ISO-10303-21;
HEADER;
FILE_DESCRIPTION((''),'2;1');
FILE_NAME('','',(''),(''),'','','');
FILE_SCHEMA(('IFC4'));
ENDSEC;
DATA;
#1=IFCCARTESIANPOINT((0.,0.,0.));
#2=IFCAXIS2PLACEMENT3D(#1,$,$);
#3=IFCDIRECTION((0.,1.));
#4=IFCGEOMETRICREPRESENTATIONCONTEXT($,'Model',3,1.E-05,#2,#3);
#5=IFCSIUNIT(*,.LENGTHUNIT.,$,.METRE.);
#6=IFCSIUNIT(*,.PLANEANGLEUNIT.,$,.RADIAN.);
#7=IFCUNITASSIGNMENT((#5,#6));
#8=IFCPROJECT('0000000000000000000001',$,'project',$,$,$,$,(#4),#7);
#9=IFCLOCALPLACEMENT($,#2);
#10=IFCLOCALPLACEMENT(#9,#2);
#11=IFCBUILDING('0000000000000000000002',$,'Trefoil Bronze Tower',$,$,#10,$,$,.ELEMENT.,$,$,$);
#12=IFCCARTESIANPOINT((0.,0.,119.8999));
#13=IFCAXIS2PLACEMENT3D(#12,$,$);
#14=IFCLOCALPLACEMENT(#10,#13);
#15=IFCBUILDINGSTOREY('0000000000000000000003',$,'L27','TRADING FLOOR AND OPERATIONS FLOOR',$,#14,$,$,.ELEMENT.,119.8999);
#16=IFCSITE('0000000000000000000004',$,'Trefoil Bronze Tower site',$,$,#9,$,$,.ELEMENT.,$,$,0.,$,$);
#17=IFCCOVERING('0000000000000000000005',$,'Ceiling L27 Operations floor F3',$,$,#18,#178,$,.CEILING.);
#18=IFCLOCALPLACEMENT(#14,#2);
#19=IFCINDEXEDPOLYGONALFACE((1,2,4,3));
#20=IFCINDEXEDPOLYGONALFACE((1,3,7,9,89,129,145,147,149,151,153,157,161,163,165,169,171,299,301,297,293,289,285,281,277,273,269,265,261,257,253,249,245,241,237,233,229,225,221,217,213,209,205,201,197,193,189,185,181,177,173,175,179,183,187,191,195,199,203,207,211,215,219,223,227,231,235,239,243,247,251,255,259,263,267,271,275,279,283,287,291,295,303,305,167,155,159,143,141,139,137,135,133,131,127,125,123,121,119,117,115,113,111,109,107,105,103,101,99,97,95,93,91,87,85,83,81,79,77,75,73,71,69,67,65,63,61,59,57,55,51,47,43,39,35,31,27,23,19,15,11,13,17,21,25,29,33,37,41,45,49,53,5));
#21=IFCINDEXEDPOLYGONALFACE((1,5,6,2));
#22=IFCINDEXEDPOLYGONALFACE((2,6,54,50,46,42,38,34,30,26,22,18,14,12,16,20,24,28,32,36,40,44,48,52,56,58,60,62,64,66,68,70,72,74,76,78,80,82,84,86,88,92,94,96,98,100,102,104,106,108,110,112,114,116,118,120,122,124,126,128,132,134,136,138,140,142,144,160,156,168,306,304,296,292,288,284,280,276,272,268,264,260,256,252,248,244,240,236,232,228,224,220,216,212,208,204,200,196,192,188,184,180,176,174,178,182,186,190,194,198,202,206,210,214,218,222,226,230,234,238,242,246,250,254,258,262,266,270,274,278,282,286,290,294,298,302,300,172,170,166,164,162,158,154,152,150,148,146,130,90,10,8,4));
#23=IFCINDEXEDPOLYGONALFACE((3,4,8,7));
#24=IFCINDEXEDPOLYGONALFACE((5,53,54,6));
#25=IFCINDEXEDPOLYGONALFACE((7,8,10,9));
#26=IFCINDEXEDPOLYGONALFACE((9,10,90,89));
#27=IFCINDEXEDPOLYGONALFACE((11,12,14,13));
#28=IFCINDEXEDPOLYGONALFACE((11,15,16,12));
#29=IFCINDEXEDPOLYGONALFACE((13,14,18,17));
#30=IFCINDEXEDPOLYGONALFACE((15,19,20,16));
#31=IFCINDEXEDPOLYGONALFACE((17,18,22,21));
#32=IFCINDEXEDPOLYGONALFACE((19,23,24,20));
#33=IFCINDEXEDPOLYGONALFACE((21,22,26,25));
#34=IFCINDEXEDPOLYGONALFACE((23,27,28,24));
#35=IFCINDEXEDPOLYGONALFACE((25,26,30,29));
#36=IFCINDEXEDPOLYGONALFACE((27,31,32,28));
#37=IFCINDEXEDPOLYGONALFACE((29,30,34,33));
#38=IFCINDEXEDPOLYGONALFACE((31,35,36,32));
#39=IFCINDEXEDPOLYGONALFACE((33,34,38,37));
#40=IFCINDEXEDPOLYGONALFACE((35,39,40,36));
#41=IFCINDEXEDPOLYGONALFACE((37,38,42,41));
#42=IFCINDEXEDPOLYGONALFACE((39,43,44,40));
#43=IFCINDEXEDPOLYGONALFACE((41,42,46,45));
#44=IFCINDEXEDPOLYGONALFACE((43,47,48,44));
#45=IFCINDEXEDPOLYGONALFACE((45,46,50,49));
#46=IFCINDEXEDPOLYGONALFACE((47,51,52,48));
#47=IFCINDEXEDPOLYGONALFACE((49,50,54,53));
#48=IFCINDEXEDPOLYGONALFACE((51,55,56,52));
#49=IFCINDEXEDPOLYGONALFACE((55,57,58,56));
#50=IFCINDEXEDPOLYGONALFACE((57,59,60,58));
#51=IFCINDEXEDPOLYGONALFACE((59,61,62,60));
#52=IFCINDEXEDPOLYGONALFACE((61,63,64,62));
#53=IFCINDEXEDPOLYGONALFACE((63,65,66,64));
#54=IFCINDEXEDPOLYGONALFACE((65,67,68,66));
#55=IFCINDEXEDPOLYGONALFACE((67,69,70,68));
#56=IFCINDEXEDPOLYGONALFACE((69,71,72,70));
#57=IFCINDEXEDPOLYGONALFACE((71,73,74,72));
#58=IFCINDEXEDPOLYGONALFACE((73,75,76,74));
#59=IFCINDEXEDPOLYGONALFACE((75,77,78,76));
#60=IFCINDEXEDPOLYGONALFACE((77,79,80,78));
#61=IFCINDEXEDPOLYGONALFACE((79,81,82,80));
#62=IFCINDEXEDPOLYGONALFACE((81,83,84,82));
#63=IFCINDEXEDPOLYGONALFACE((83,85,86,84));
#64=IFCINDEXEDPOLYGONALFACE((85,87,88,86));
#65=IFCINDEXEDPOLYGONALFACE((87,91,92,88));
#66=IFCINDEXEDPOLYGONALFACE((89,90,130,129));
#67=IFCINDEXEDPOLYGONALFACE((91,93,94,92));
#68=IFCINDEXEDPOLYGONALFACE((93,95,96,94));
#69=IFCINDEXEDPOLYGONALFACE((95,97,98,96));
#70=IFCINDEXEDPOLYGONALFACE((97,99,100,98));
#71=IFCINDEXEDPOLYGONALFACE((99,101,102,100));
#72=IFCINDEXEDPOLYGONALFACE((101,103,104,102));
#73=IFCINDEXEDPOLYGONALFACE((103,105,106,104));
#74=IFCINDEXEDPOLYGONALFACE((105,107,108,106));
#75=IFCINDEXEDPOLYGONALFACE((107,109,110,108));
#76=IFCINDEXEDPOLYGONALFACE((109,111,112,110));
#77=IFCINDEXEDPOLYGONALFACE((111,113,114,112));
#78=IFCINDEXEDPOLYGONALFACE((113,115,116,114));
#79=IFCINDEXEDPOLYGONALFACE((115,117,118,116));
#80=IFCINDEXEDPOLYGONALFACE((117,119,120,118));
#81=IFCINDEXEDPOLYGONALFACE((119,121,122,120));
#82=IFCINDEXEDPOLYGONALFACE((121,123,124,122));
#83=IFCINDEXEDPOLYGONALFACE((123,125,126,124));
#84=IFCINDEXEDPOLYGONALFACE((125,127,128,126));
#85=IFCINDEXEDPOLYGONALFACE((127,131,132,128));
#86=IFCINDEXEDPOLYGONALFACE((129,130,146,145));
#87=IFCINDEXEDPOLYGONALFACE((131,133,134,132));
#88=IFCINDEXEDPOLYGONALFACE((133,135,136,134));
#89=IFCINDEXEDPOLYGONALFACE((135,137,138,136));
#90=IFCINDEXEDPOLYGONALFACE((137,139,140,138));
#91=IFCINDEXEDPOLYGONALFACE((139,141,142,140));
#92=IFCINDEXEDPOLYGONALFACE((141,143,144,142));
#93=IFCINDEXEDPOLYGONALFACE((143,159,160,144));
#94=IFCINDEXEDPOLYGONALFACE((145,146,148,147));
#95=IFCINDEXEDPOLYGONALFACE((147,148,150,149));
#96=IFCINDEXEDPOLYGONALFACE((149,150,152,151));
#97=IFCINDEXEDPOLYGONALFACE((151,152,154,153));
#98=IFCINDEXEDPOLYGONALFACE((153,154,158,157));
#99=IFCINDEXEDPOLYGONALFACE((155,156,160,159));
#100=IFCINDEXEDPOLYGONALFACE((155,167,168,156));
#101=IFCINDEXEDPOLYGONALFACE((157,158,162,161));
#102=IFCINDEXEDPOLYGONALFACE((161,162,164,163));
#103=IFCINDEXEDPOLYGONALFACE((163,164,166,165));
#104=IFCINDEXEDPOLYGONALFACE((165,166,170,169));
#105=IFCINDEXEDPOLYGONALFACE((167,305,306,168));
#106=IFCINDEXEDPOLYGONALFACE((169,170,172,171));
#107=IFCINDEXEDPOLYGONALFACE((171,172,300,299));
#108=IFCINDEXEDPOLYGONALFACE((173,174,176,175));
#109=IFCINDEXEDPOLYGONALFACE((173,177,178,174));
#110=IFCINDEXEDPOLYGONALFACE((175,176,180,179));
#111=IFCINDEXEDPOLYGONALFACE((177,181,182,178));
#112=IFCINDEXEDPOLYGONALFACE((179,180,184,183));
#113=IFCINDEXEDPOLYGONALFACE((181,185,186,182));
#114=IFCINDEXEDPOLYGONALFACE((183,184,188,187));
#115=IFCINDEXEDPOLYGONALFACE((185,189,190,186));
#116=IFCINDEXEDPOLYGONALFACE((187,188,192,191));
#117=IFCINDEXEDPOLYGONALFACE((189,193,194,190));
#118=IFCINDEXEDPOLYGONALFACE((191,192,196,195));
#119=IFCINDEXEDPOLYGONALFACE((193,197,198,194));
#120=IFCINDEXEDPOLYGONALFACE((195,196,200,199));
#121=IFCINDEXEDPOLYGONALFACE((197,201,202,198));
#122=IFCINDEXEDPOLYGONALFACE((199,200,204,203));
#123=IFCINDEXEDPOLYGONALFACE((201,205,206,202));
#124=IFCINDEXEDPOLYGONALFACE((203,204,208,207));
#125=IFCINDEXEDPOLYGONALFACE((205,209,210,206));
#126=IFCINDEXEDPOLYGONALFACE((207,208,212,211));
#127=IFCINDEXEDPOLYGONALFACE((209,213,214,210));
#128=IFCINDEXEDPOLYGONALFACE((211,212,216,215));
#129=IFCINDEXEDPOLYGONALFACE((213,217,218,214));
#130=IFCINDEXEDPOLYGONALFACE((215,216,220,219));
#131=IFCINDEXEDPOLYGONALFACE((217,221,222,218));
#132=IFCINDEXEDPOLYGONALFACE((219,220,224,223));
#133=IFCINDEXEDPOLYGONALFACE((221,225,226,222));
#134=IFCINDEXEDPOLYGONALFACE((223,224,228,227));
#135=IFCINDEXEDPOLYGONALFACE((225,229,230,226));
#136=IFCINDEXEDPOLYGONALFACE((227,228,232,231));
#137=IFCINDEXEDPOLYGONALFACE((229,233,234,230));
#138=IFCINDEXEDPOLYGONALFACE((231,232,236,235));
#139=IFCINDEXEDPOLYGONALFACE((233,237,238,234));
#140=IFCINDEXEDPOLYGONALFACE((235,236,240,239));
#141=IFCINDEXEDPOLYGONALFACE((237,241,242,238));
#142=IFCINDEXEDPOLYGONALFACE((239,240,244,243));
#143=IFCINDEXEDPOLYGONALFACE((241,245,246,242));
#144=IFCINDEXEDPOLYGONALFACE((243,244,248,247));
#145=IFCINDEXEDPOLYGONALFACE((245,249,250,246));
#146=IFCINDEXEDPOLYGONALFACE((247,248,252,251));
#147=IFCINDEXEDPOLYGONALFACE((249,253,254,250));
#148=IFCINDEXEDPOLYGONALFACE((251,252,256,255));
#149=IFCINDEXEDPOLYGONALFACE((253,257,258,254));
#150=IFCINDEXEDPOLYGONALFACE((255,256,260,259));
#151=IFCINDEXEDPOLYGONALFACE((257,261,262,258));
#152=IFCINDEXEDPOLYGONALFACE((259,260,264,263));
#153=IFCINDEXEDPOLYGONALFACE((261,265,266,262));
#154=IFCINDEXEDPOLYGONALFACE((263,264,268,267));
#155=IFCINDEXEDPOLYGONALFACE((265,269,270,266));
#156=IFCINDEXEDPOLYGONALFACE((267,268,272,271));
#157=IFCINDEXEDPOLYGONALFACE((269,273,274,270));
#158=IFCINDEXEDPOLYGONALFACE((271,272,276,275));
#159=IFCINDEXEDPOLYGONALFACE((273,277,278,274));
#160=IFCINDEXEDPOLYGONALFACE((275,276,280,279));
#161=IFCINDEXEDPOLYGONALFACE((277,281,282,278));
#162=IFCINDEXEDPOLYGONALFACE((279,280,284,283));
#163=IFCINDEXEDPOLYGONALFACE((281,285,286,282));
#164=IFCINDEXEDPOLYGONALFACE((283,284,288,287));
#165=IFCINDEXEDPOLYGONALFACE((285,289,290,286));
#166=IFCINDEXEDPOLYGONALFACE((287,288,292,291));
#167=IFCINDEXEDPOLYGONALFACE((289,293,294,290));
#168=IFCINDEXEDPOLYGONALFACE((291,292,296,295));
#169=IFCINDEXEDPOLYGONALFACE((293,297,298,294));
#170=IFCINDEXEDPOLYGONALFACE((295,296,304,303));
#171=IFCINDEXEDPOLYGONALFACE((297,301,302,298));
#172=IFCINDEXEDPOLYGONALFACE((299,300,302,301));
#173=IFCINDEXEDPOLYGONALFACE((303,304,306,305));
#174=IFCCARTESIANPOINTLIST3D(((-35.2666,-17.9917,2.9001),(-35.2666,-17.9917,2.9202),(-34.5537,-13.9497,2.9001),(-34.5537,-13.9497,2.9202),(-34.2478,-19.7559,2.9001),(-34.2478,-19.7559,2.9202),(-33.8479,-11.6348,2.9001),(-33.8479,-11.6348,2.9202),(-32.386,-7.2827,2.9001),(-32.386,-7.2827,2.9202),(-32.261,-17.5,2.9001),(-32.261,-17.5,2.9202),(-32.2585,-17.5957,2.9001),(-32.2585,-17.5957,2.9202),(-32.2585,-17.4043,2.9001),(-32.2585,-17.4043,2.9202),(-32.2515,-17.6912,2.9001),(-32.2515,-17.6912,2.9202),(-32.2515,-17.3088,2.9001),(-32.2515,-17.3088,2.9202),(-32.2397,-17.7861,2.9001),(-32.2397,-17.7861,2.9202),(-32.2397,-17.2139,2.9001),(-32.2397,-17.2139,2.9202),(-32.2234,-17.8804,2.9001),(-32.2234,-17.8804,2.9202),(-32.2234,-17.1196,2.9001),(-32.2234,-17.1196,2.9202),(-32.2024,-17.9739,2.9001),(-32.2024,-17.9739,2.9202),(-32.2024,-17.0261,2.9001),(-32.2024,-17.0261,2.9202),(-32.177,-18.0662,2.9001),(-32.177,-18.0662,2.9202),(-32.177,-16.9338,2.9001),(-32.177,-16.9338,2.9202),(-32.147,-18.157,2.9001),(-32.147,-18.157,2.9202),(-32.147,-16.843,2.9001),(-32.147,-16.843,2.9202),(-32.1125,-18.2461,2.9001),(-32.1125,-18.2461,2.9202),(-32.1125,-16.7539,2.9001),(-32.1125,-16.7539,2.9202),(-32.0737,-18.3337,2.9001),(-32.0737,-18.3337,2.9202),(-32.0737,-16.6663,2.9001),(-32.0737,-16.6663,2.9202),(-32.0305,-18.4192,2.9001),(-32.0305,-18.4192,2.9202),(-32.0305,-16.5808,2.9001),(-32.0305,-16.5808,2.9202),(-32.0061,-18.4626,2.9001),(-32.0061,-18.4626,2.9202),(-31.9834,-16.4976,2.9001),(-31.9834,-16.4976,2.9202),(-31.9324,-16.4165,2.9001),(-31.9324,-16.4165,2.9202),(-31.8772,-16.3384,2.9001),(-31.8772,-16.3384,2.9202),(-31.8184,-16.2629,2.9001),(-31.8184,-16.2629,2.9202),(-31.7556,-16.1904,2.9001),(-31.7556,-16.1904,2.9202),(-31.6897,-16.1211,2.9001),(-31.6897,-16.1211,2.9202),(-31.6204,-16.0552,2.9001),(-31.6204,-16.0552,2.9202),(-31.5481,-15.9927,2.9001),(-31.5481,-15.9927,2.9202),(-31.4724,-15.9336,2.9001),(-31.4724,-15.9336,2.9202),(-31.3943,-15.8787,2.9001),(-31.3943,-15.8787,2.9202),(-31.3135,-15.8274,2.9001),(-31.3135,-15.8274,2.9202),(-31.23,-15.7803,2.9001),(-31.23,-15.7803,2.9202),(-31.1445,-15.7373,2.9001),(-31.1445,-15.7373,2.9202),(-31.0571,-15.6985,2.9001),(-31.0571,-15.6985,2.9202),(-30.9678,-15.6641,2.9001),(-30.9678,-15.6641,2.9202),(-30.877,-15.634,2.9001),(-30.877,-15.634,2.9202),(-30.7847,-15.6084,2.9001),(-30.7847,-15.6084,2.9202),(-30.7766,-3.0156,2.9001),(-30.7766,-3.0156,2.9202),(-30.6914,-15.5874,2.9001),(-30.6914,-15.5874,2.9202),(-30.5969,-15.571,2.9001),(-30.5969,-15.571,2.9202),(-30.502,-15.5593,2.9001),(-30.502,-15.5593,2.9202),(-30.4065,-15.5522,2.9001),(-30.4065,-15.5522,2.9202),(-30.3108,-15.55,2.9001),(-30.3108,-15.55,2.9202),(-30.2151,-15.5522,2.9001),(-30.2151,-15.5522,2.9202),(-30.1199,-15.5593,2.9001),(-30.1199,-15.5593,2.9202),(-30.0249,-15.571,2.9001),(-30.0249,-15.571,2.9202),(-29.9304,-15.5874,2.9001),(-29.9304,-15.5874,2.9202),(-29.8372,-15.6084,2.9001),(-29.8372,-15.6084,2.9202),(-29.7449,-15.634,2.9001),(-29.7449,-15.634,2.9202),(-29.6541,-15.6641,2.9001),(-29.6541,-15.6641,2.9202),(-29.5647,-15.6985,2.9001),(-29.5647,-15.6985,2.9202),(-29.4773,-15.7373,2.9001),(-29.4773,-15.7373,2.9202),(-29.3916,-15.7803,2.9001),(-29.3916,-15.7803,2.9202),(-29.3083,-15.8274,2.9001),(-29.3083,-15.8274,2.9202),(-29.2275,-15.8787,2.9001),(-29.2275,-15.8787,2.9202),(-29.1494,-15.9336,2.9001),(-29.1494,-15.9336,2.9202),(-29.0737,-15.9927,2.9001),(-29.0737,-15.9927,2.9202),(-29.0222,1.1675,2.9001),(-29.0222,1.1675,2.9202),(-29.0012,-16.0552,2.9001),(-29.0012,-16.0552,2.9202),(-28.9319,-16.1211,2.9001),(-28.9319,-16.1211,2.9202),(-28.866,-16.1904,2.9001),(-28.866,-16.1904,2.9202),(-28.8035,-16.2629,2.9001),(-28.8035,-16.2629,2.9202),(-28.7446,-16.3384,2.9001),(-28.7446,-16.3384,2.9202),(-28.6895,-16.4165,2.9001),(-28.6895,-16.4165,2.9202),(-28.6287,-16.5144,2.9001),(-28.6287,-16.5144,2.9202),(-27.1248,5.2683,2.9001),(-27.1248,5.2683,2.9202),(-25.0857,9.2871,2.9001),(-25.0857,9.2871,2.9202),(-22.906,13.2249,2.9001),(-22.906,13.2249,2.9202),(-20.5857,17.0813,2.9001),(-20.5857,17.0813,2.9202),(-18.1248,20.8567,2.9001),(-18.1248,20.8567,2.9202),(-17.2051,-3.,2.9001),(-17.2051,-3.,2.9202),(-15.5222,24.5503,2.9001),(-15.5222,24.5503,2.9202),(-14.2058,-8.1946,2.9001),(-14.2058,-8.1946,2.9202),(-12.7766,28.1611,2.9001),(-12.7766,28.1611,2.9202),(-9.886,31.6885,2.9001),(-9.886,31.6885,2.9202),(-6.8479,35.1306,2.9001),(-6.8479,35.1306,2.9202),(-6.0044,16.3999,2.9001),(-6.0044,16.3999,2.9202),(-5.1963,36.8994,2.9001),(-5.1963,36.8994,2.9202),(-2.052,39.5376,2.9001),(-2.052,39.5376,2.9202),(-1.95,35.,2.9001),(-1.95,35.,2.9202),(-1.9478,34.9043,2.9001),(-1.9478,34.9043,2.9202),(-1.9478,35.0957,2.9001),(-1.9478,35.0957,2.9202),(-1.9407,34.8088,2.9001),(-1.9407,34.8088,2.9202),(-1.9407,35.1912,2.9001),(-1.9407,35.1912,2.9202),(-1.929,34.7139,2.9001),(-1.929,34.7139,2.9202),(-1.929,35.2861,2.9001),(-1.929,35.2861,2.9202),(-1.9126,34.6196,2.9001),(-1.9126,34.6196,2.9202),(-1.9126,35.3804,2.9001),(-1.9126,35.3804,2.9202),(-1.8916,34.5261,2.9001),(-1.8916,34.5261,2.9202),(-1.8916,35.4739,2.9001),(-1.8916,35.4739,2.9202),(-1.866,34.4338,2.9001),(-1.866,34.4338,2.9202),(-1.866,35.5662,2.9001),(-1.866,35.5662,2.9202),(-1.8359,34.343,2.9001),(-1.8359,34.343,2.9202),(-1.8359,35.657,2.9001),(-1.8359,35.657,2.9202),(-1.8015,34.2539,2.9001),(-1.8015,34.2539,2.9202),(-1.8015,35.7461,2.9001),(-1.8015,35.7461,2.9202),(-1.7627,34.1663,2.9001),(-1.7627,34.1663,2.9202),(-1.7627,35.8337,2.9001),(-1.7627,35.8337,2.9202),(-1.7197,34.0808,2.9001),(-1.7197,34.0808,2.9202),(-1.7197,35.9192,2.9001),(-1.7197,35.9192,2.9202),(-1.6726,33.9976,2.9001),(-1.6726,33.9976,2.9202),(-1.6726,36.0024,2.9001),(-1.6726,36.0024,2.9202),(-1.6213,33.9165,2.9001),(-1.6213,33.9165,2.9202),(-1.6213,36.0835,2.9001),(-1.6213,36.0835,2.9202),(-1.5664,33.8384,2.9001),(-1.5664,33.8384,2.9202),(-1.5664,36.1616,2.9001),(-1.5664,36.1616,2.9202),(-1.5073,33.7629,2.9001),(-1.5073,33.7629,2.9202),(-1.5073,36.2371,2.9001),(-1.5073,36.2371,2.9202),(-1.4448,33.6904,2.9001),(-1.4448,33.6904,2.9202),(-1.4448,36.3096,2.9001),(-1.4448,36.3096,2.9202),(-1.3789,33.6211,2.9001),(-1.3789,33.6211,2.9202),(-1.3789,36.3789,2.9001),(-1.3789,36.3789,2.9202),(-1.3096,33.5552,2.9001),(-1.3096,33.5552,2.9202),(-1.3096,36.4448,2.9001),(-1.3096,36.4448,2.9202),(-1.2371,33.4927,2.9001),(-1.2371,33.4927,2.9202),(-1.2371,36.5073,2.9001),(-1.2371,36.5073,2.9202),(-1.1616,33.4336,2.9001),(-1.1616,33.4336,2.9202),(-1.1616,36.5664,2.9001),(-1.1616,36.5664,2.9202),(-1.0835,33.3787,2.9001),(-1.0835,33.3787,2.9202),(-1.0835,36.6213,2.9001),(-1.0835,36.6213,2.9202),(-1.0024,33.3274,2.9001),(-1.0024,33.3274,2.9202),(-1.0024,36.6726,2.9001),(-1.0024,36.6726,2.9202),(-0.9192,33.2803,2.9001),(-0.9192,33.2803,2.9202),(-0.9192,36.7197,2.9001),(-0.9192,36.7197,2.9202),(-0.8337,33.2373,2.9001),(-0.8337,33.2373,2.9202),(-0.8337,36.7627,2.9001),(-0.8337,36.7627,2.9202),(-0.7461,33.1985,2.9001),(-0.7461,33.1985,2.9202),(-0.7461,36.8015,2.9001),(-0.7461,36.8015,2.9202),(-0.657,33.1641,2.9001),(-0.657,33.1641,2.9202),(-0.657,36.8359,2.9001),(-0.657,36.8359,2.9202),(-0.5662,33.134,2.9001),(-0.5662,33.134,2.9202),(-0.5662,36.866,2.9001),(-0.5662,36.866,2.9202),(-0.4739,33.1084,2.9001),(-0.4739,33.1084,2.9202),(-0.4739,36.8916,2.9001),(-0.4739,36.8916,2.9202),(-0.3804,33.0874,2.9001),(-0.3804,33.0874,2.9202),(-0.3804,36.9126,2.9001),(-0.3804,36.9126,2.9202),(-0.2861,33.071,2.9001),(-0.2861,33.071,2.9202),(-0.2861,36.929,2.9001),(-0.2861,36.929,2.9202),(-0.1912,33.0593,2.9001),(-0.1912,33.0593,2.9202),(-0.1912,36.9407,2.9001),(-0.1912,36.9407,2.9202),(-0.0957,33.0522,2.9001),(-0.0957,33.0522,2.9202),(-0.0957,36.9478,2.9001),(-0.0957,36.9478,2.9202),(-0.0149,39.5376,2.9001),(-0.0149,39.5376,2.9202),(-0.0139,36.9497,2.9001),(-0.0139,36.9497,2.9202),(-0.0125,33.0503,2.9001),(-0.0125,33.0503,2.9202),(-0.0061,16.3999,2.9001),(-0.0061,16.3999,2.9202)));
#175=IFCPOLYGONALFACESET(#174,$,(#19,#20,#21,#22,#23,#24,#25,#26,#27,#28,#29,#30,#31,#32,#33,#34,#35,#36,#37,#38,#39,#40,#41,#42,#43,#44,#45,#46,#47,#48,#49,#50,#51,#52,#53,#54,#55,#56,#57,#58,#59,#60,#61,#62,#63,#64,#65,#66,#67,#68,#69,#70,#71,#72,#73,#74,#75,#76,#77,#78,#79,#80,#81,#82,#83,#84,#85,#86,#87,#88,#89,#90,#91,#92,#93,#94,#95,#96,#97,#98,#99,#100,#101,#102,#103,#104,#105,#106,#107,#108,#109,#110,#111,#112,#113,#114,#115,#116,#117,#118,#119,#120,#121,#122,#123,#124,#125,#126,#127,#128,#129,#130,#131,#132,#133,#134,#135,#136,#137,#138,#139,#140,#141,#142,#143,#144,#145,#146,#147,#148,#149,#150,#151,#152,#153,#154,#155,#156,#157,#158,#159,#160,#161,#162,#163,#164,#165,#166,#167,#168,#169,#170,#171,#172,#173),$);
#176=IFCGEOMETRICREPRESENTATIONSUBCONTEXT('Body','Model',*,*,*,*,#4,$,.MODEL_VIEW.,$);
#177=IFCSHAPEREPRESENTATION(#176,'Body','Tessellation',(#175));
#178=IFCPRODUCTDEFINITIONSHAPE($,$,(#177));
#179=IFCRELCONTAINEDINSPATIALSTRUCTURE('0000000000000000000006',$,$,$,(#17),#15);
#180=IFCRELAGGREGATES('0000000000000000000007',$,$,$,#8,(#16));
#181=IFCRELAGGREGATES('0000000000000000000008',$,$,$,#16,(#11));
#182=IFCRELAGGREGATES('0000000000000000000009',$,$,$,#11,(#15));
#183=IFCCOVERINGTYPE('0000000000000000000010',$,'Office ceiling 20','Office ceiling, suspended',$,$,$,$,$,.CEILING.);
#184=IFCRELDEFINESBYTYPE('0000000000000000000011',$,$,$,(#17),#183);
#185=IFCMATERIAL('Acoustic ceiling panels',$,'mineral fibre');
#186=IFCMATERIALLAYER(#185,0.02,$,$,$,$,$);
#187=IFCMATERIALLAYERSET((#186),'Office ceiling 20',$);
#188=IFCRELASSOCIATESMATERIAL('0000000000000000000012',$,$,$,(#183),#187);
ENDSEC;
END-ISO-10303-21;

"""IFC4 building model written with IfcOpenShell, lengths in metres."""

from ifc_helpers import new_model, si_unit, direction, frame, origin, place, context, subcontext, project, spatial, polyline, outline, extrude, material, layer, layer_set, type_object, element, save


model = new_model("IFC4")

# Units and contexts
model_context = context("Model", 3, precision=1e-05, world=origin(), true_north=direction((0.0, 1.0)))
body_context = subcontext(model_context, "Body", "Model", "MODEL_VIEW")
ifc_project = project(units=[si_unit("LENGTHUNIT", "METRE"), si_unit("PLANEANGLEUNIT", "RADIAN")], contexts=[model_context])

# Site, building, storey
site_placement = place(None, origin())
site = spatial("IfcSite", under=ifc_project, at=site_placement, Name="Trefoil Bronze Tower site", CompositionType="ELEMENT", RefElevation=0.0)
building_placement = place(site_placement, origin())
building = spatial("IfcBuilding", under=site, at=building_placement, Name="Trefoil Bronze Tower", CompositionType="ELEMENT")
storey_placement = place(building_placement, frame((0.0, 0.0, 119.8999)))
storey = spatial("IfcBuildingStorey", under=building, at=storey_placement, Name="L27", Description="TRADING FLOOR AND OPERATIONS FLOOR", CompositionType="ELEMENT", Elevation=119.8999)

# Covering
ifc_material_1 = material(Name="Acoustic ceiling panels", Category="mineral fibre")
ifc_layer_1 = layer(ifc_material_1, 0.02)
ifc_layer_set_1 = layer_set([ifc_layer_1], Name="Office ceiling 20")
covering_type_1 = type_object("IfcCoveringType", Name="Office ceiling 20", Description="Office ceiling, suspended", PredefinedType="CEILING", material=ifc_layer_set_1)
covering_1_placement = place(storey_placement, frame((0.0, 0.0, 2.9001)))
element("IfcCovering", 1, at=covering_1_placement, inside=storey, type_object=covering_type_1, Name="Ceiling L27 Operations floor F3", PredefinedType="CEILING", context=body_context, shape_type="SweptSolid", body=[
    extrude(outline(polyline([(-33.8479, -11.6348), (-32.386, -7.2827), (-30.7766, -3.0156), (-29.0222, 1.1675), (-27.1248, 5.2683), (-25.0857, 9.2871), (-22.906, 13.2249), (-20.5857, 17.0813), (-18.1248, 20.8567), (-15.5222, 24.5503), (-12.7766, 28.1611), (-9.886, 31.6885), (-6.8479, 35.1306), (-5.1963, 36.8994), (-2.052, 39.5376), (-0.0149, 39.5376), (-0.0139, 36.9497), (-0.0957, 36.9478), (-0.1912, 36.9407), (-0.2861, 36.929), (-0.3804, 36.9126), (-0.4739, 36.8916), (-0.5662, 36.866), (-0.657, 36.8359), (-0.7461, 36.8015), (-0.8337, 36.7627), (-0.9192, 36.7197), (-1.0024, 36.6726), (-1.0835, 36.6213), (-1.1616, 36.5664), (-1.2371, 36.5073), (-1.3096, 36.4448), (-1.3789, 36.3789), (-1.4448, 36.3096), (-1.5073, 36.2371), (-1.5664, 36.1616), (-1.6213, 36.0835), (-1.6726, 36.0024), (-1.7197, 35.9192), (-1.7627, 35.8337), (-1.8015, 35.7461), (-1.8359, 35.657), (-1.866, 35.5662), (-1.8916, 35.4739), (-1.9126, 35.3804), (-1.929, 35.2861), (-1.9407, 35.1912), (-1.9478, 35.0957), (-1.95, 35.0), (-1.9478, 34.9043), (-1.9407, 34.8088), (-1.929, 34.7139), (-1.9126, 34.6196), (-1.8916, 34.5261), (-1.866, 34.4338), (-1.8359, 34.343), (-1.8015, 34.2539), (-1.7627, 34.1663), (-1.7197, 34.0808), (-1.6726, 33.9976), (-1.6213, 33.9165), (-1.5664, 33.8384), (-1.5073, 33.7629), (-1.4448, 33.6904), (-1.3789, 33.6211), (-1.3096, 33.5552), (-1.2371, 33.4927), (-1.1616, 33.4336), (-1.0835, 33.3787), (-1.0024, 33.3274), (-0.9192, 33.2803), (-0.8337, 33.2373), (-0.7461, 33.1985), (-0.657, 33.1641), (-0.5662, 33.134), (-0.4739, 33.1084), (-0.3804, 33.0874), (-0.2861, 33.071), (-0.1912, 33.0593), (-0.0957, 33.0522), (-0.0125, 33.0503), (-0.0061, 16.3999), (-6.0044, 16.3999), (-17.2051, -3.0), (-14.2058, -8.1946), (-28.6287, -16.5144), (-28.6895, -16.4165), (-28.7446, -16.3384), (-28.8035, -16.2629), (-28.866, -16.1904), (-28.9319, -16.1211), (-29.0012, -16.0552), (-29.0737, -15.9927), (-29.1494, -15.9336), (-29.2275, -15.8787), (-29.3083, -15.8274), (-29.3916, -15.7803), (-29.4773, -15.7373), (-29.5647, -15.6985), (-29.6541, -15.6641), (-29.7449, -15.634), (-29.8372, -15.6084), (-29.9304, -15.5874), (-30.0249, -15.571), (-30.1199, -15.5593), (-30.2151, -15.5522), (-30.3108, -15.55), (-30.4065, -15.5522), (-30.502, -15.5593), (-30.5969, -15.571), (-30.6914, -15.5874), (-30.7847, -15.6084), (-30.877, -15.634), (-30.9678, -15.6641), (-31.0571, -15.6985), (-31.1445, -15.7373), (-31.23, -15.7803), (-31.3135, -15.8274), (-31.3943, -15.8787), (-31.4724, -15.9336), (-31.5481, -15.9927), (-31.6204, -16.0552), (-31.6897, -16.1211), (-31.7556, -16.1904), (-31.8184, -16.2629), (-31.8772, -16.3384), (-31.9324, -16.4165), (-31.9834, -16.4976), (-32.0305, -16.5808), (-32.0737, -16.6663), (-32.1125, -16.7539), (-32.147, -16.843), (-32.177, -16.9338), (-32.2024, -17.0261), (-32.2234, -17.1196), (-32.2397, -17.2139), (-32.2515, -17.3088), (-32.2585, -17.4043), (-32.261, -17.5), (-32.2585, -17.5957), (-32.2515, -17.6912), (-32.2397, -17.7861), (-32.2234, -17.8804), (-32.2024, -17.9739), (-32.177, -18.0662), (-32.147, -18.157), (-32.1125, -18.2461), (-32.0737, -18.3337), (-32.0305, -18.4192), (-32.0061, -18.4626), (-34.2478, -19.7559), (-35.2666, -17.9917), (-34.5537, -13.9497), (-33.8479, -11.6348)])), origin(), (0.0, 0.0, 1.0), 0.02),
])

save(model, "model.ifc")
